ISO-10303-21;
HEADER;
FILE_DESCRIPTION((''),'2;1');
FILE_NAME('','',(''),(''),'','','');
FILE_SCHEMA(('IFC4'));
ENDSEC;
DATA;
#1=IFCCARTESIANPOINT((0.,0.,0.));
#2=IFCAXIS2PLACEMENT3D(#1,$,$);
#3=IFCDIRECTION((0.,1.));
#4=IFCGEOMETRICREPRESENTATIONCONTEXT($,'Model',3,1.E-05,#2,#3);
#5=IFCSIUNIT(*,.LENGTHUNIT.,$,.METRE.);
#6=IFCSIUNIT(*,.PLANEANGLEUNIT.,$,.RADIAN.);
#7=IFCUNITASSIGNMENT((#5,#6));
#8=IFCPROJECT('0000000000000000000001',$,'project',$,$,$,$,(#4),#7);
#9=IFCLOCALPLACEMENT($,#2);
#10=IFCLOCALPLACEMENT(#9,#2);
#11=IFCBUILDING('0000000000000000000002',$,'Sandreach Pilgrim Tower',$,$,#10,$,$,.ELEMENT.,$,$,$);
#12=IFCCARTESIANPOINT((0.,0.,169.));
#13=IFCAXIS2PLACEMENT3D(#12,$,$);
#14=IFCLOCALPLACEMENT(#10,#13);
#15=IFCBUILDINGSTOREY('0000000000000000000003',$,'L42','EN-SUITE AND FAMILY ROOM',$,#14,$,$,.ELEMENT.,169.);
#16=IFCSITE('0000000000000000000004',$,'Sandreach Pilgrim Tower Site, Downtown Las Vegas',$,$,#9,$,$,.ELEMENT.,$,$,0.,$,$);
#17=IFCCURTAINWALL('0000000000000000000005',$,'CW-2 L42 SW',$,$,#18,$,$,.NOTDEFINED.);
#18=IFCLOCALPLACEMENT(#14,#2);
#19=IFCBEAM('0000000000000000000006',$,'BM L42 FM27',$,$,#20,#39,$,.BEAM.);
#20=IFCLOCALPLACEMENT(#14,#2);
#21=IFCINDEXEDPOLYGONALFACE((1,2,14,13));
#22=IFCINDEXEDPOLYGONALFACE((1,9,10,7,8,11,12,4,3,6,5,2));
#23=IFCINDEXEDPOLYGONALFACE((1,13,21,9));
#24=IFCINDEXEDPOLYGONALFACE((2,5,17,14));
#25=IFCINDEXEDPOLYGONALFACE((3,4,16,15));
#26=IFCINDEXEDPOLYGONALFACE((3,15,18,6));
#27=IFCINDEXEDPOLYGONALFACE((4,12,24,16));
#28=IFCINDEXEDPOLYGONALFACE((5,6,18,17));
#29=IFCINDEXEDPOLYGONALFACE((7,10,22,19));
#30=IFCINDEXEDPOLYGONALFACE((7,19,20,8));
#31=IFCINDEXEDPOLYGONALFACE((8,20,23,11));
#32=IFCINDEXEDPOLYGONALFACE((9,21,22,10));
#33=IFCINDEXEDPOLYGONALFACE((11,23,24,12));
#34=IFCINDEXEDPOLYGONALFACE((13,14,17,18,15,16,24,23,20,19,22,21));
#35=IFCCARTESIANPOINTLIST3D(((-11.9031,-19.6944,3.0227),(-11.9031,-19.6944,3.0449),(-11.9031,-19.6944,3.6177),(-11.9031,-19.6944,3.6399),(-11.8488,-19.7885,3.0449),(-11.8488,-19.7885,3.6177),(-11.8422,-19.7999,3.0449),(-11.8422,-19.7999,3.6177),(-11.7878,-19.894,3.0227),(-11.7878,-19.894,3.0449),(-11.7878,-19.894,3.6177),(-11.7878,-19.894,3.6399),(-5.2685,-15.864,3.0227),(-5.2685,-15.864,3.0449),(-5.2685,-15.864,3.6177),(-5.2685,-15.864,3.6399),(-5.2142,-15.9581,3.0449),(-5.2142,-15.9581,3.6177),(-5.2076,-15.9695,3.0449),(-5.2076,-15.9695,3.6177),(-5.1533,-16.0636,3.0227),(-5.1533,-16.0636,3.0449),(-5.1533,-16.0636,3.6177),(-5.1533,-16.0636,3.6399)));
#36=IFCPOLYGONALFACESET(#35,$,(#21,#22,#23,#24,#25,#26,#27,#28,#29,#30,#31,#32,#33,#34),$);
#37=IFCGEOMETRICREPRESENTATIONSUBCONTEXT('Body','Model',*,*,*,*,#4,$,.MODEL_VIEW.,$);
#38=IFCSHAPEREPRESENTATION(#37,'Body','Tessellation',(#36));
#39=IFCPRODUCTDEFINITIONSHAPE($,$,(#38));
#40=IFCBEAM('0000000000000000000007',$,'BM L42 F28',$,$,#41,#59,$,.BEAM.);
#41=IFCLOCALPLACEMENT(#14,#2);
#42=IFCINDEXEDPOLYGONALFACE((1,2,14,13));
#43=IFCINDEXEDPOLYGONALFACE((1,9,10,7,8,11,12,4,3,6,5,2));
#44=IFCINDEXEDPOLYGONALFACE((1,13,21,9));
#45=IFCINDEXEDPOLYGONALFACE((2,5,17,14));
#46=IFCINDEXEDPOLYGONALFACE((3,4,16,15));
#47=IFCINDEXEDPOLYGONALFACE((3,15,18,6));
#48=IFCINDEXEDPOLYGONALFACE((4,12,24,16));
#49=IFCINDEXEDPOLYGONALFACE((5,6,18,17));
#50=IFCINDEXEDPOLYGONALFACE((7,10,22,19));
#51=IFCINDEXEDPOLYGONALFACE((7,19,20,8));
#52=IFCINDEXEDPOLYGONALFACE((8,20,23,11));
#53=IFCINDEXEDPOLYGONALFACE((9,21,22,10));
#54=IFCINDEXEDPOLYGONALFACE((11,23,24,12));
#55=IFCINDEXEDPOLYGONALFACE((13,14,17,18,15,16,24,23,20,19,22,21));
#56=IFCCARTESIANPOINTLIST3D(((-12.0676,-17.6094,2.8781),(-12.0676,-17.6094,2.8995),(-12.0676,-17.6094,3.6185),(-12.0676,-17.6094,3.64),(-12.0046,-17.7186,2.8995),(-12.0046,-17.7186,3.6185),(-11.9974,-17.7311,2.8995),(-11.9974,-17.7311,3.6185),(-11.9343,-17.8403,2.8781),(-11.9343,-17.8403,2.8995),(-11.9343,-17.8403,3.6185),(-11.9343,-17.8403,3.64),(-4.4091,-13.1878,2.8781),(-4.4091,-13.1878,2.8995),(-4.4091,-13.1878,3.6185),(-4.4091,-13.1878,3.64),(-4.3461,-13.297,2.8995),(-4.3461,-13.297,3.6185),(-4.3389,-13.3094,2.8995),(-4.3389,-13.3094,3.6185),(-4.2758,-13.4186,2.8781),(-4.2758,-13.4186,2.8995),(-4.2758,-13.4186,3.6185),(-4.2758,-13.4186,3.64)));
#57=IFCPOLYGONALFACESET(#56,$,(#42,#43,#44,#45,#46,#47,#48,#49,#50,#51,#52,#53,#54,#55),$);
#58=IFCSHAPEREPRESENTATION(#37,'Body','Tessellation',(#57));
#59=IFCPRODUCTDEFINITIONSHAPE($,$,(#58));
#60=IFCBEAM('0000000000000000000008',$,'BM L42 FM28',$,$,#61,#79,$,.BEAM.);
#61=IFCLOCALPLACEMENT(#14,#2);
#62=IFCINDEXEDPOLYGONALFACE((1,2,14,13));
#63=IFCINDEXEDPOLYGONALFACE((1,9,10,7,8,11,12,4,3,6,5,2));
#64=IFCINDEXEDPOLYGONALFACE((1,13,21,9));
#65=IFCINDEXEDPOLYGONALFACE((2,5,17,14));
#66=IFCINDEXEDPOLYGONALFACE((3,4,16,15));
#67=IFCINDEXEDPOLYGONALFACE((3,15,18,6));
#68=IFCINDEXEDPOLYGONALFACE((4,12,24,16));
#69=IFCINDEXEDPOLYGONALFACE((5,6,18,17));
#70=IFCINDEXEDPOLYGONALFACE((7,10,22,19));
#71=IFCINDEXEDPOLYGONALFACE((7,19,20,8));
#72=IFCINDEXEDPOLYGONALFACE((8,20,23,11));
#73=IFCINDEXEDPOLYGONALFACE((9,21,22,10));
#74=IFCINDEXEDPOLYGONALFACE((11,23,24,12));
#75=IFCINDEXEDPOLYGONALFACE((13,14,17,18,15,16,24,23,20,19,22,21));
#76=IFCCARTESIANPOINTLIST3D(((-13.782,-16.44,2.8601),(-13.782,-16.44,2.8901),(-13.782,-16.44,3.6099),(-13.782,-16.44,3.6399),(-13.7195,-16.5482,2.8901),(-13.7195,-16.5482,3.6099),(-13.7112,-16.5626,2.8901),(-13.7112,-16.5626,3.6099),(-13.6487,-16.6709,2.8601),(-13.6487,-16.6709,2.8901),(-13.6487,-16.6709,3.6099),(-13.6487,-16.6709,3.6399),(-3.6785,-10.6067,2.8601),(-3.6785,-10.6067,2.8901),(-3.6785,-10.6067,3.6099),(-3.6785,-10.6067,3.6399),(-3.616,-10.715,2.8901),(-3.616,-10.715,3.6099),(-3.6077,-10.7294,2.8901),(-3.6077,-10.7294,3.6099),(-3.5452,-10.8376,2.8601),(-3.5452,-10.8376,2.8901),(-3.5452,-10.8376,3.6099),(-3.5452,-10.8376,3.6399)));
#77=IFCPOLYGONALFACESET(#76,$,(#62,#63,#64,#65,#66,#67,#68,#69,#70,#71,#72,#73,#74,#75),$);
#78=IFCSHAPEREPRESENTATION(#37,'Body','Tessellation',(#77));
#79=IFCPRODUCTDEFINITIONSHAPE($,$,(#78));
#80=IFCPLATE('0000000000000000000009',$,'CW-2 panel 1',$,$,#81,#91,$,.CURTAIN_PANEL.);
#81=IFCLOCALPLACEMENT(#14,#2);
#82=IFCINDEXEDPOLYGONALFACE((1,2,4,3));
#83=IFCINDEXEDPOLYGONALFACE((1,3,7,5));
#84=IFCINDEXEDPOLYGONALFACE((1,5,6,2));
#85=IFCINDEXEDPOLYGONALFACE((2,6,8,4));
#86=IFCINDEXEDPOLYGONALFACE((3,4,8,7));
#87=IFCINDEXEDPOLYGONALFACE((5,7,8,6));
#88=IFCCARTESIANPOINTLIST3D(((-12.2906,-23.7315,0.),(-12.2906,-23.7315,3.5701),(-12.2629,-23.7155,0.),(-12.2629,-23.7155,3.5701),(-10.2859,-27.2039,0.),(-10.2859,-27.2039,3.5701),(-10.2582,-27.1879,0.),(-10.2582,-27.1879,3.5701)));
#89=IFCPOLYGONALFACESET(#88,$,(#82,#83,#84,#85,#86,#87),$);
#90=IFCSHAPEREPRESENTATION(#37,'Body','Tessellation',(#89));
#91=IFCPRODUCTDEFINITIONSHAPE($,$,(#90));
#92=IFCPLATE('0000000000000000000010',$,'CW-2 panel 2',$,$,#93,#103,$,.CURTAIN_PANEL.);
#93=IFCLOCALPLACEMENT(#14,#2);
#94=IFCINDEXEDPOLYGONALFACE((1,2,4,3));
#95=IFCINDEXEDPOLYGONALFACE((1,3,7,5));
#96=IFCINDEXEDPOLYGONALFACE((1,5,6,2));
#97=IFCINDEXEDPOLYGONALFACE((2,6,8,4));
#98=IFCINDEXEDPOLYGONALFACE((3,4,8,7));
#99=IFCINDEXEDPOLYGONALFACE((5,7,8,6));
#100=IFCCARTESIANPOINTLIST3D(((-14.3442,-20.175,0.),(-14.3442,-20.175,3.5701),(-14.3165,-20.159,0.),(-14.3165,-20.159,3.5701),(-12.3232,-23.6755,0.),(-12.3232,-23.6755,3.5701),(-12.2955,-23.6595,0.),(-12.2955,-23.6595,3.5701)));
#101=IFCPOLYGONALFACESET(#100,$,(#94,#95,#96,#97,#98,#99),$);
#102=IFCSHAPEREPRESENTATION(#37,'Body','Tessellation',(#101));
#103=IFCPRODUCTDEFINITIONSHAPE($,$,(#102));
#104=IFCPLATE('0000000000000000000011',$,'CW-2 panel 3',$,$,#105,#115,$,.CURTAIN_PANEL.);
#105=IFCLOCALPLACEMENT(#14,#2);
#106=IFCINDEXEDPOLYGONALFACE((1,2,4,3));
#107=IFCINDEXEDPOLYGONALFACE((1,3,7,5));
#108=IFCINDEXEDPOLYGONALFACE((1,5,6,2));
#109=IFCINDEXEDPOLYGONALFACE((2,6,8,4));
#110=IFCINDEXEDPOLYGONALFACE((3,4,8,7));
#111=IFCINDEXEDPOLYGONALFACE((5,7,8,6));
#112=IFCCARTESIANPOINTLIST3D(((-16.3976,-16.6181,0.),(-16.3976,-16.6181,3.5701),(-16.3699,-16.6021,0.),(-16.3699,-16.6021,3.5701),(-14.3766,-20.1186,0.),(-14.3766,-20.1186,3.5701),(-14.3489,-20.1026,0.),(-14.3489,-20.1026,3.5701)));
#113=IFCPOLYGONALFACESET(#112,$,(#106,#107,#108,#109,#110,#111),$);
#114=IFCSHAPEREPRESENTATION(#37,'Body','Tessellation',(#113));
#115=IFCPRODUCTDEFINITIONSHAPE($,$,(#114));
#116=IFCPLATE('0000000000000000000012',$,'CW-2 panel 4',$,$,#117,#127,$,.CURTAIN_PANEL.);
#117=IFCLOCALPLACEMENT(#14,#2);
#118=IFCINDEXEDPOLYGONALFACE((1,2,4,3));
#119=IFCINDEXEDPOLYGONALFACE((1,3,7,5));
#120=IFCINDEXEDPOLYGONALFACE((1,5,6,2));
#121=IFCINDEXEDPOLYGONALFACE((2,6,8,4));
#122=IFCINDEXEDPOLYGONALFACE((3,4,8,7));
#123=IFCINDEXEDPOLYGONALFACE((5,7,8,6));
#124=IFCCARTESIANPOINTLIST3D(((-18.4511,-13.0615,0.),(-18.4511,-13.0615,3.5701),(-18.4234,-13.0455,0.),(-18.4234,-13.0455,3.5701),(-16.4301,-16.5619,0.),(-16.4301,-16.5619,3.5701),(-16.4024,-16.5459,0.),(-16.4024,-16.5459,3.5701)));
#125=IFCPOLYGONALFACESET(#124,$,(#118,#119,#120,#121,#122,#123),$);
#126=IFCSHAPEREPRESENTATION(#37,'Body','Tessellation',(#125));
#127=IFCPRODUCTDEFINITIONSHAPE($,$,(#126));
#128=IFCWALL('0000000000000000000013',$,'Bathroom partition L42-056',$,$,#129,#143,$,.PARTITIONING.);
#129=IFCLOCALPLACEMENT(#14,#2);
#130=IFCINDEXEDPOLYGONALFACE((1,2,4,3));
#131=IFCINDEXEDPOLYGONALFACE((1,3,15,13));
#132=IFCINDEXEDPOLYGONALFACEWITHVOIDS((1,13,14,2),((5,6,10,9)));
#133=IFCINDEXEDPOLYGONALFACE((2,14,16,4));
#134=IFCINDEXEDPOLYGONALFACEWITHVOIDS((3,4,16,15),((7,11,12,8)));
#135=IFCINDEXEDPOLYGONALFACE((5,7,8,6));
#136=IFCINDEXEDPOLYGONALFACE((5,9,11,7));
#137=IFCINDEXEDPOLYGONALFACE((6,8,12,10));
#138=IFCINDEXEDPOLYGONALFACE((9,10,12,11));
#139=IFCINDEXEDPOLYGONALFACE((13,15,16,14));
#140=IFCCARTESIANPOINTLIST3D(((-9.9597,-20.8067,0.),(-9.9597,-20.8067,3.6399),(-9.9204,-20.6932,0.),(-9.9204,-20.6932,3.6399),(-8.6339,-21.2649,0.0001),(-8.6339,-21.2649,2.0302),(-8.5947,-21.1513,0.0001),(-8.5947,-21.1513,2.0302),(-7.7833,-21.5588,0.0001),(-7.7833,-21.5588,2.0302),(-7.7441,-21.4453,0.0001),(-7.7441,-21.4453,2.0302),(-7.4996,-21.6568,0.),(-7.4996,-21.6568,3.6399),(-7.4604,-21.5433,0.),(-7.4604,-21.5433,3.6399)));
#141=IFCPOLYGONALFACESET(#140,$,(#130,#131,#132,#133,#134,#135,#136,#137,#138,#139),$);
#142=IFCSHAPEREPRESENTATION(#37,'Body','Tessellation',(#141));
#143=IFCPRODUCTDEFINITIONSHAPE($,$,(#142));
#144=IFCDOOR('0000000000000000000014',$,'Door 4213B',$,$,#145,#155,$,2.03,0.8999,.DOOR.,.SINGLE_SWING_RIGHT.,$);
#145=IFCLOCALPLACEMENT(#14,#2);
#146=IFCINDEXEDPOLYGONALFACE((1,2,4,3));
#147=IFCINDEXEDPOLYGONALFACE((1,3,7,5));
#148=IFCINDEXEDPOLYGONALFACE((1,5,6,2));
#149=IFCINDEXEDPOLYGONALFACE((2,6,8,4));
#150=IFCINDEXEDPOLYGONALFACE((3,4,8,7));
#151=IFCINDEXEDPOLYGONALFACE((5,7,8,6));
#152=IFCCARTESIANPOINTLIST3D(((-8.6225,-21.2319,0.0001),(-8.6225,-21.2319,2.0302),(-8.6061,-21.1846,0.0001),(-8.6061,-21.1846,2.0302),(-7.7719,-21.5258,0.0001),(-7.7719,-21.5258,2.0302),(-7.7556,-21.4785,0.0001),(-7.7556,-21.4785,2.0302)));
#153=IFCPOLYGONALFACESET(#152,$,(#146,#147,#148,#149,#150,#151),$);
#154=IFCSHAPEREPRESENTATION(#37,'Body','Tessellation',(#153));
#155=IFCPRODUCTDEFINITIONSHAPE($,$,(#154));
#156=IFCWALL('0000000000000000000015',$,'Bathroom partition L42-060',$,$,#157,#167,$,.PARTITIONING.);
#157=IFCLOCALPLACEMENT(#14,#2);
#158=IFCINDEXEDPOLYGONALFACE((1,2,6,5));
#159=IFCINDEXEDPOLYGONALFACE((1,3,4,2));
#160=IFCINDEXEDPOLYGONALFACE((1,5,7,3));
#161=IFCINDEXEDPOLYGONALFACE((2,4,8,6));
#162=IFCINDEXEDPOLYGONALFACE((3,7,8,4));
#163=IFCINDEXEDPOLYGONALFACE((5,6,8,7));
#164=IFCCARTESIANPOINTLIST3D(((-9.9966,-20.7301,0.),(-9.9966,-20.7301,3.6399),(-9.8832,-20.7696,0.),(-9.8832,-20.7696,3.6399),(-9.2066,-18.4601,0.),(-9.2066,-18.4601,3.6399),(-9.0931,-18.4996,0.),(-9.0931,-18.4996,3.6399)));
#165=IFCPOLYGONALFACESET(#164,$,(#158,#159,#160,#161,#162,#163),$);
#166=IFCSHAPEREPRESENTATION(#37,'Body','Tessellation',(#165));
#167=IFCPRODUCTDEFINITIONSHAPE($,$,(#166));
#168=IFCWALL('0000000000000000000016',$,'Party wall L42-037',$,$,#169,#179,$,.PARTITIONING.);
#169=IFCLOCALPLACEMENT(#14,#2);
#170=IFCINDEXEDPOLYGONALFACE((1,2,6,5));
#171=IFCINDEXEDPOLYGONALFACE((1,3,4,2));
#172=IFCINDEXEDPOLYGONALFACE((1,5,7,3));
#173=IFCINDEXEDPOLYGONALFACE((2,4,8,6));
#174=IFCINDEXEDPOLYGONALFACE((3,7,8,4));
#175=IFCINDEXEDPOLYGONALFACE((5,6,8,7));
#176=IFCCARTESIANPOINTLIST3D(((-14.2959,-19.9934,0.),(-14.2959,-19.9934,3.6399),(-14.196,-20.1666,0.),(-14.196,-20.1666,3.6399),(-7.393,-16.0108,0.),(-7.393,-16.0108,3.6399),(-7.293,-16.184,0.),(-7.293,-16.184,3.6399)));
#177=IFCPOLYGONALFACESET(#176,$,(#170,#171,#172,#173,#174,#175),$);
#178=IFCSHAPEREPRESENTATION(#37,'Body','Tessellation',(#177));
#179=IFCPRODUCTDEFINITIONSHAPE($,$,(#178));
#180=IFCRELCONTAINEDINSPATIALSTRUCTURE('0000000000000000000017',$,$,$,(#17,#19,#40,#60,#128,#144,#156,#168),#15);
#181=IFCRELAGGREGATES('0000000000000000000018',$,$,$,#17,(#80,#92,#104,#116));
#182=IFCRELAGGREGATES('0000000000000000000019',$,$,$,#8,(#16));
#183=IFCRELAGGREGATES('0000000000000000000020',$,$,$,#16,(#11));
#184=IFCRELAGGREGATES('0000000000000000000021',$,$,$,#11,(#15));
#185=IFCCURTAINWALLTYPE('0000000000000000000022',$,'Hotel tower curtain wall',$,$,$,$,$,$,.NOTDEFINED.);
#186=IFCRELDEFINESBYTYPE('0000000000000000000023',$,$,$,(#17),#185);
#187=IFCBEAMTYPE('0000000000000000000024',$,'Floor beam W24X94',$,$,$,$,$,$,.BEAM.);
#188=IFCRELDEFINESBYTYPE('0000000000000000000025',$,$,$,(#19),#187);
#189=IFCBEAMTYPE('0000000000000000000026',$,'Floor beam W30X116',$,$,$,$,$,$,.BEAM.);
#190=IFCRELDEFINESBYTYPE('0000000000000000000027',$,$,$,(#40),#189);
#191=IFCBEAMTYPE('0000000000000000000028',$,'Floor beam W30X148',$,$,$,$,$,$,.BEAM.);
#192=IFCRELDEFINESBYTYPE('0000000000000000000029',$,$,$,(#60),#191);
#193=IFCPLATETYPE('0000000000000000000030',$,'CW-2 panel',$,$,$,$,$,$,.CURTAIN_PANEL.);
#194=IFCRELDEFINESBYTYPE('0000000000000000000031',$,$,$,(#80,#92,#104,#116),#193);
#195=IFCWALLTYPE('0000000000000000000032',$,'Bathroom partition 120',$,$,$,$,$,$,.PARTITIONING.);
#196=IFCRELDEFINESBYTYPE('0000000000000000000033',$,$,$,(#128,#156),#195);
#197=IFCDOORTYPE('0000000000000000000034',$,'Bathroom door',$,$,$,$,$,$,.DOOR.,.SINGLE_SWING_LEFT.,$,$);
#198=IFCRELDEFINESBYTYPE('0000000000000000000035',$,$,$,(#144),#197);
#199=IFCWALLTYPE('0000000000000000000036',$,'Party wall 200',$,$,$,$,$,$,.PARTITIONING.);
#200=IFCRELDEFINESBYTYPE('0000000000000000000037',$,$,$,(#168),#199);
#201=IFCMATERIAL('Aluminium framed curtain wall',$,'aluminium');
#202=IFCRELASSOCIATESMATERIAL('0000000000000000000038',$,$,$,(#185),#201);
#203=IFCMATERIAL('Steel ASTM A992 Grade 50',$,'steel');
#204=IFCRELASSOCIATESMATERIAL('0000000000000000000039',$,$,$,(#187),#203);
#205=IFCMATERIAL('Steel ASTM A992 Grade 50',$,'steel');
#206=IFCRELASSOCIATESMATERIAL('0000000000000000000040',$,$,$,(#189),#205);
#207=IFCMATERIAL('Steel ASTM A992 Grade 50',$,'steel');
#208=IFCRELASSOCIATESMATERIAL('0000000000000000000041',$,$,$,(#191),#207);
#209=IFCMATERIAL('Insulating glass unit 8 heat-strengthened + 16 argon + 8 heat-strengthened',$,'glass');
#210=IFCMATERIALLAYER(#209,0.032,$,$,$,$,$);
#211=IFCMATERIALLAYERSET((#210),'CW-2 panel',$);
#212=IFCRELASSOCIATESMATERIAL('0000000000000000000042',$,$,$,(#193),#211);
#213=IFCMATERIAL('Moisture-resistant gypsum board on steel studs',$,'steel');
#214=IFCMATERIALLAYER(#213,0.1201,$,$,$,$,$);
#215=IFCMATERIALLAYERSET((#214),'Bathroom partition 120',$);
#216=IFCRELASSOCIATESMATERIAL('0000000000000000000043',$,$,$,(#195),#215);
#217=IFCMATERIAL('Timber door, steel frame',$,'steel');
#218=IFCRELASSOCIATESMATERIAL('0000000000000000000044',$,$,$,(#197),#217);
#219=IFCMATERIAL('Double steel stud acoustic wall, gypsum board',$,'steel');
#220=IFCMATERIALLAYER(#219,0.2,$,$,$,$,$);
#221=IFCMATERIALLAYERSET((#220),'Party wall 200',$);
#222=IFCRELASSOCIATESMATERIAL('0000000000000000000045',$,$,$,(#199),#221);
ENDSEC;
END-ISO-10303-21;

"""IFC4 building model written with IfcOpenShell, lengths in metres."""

from ifc_helpers import new_model, si_unit, direction, frame, frame_2d, origin, origin_2d, place, context, subcontext, project, spatial, rectangle, i_section, extrude, material, layer, layer_set, material_profile, profile_set, type_object, element, fill, aggregate, save


model = new_model("IFC4")

# Units and contexts
model_context = context("Model", 3, precision=1e-05, world=origin(), true_north=direction((0.0, 1.0)))
body_context = subcontext(model_context, "Body", "Model", "MODEL_VIEW")
ifc_project = project(units=[si_unit("LENGTHUNIT", "METRE"), si_unit("PLANEANGLEUNIT", "RADIAN")], contexts=[model_context])

# Site, building, storey
site_placement = place(None, origin())
site = spatial("IfcSite", under=ifc_project, at=site_placement, Name="Sandreach Pilgrim Tower Site, Downtown Las Vegas", CompositionType="ELEMENT", RefElevation=0.0)
building_placement = place(site_placement, origin())
building = spatial("IfcBuilding", under=site, at=building_placement, Name="Sandreach Pilgrim Tower", CompositionType="ELEMENT")
storey_placement = place(building_placement, frame((0.0, 0.0, 169.0)))
storey = spatial("IfcBuildingStorey", under=building, at=storey_placement, Name="L42", Description="EN-SUITE AND FAMILY ROOM", CompositionType="ELEMENT", Elevation=169.0)

# Shared definitions
ifc_material_1 = material(Name="Aluminium framed curtain wall", Category="aluminium")
curtain_wall_type = type_object("IfcCurtainWallType", Name="Hotel tower curtain wall", PredefinedType="NOTDEFINED", material=ifc_material_1)

# Curtain wall
curtain_wall_1_placement = place(storey_placement, origin())
curtain_wall_1 = element("IfcCurtainWall", 1, at=curtain_wall_1_placement, inside=storey, type_object=curtain_wall_type, Name="CW-2 L42 SW", PredefinedType="NOTDEFINED")

# Beams
ifc_material_2 = material(Name="Steel ASTM A992 Grade 50", Category="steel")
ifc_material_profile_1 = material_profile(ifc_material_2, i_section(OverallWidth=0.2305, OverallDepth=0.6172, WebThickness=0.0132, FlangeThickness=0.0222, at=origin_2d()), Name="W24X94")
ifc_profile_set_1 = profile_set([ifc_material_profile_1], Name="Steel ASTM A992 Grade 50")
beam_type_1 = type_object("IfcBeamType", Name="Floor beam W24X94", PredefinedType="BEAM", material=ifc_profile_set_1)
beam_1_placement = place(storey_placement, frame((-11.8455, -19.7942, 3.3313), z_axis=(0.866032, 0.499988, 0.0), x_axis=(-0.499988, 0.866032, 0.0)))
element("IfcBeam", 2, at=beam_1_placement, inside=storey, type_object=beam_type_1, Name="BM L42 FM27", PredefinedType="BEAM", context=body_context, shape_type="SweptSolid", body=[
    extrude(i_section(OverallWidth=0.2305, OverallDepth=0.6172, WebThickness=0.0132, FlangeThickness=0.0222, at=origin_2d()), origin(), (0.0, 0.0, 1.0), 7.6609),
])
ifc_material_3 = material(Name="Steel ASTM A992 Grade 50", Category="steel")
ifc_material_profile_2 = material_profile(ifc_material_3, i_section(OverallWidth=0.2666, OverallDepth=0.762, WebThickness=0.0144, FlangeThickness=0.0215, at=origin_2d()), Name="W30X116")
ifc_profile_set_2 = profile_set([ifc_material_profile_2], Name="Steel ASTM A992 Grade 50")
beam_type_2 = type_object("IfcBeamType", Name="Floor beam W30X116", PredefinedType="BEAM", material=ifc_profile_set_2)
beam_2_placement = place(storey_placement, frame((-12.001, -17.7249, 3.259), z_axis=(0.866024, 0.500002, 0.0), x_axis=(-0.500002, 0.866024, 0.0)))
element("IfcBeam", 3, at=beam_2_placement, inside=storey, type_object=beam_type_2, Name="BM L42 F28", PredefinedType="BEAM", context=body_context, shape_type="SweptSolid", body=[
    extrude(i_section(OverallWidth=0.2666, OverallDepth=0.762, WebThickness=0.0144, FlangeThickness=0.0215, at=origin_2d()), origin(), (0.0, 0.0, 1.0), 8.8433),
])
ifc_material_4 = material(Name="Steel ASTM A992 Grade 50", Category="steel")
ifc_material_profile_3 = material_profile(ifc_material_4, i_section(OverallWidth=0.2666, OverallDepth=0.7798, WebThickness=0.0166, FlangeThickness=0.03, at=origin_2d()), Name="W30X148")
ifc_profile_set_3 = profile_set([ifc_material_profile_3], Name="Steel ASTM A992 Grade 50")
beam_type_3 = type_object("IfcBeamType", Name="Floor beam W30X148", PredefinedType="BEAM", material=ifc_profile_set_3)
beam_3_placement = place(storey_placement, frame((-13.7153, -16.5554, 3.25), z_axis=(0.866026, 0.499999, 0.0), x_axis=(-0.499999, 0.866026, 0.0)))
element("IfcBeam", 4, at=beam_3_placement, inside=storey, type_object=beam_type_3, Name="BM L42 FM28", PredefinedType="BEAM", context=body_context, shape_type="SweptSolid", body=[
    extrude(i_section(OverallWidth=0.2666, OverallDepth=0.7798, WebThickness=0.0166, FlangeThickness=0.03, at=origin_2d()), origin(), (0.0, 0.0, 1.0), 11.6665),
])

# Plates
ifc_material_5 = material(Name="Insulating glass unit 8 heat-strengthened + 16 argon + 8 heat-strengthened", Category="glass")
ifc_layer_1 = layer(ifc_material_5, 0.032)
ifc_layer_set_1 = layer_set([ifc_layer_1], Name="CW-2 panel")
plate_type = type_object("IfcPlateType", Name="CW-2 panel", PredefinedType="CURTAIN_PANEL", material=ifc_layer_set_1)
plate_1_placement = place(storey_placement, frame((-11.2744, -25.4597, 0.0), z_axis=(0.0, 0.0, 1.0), x_axis=(-0.5, 0.866025, 0.0)))
plate_1 = element("IfcPlate", 5, at=plate_1_placement, type_object=plate_type, Name="CW-2 panel 1", PredefinedType="CURTAIN_PANEL", context=body_context, shape_type="SweptSolid", body=[
    extrude(rectangle(XDim=4.0095, YDim=0.032, at=origin_2d()), origin(), (0.0, 0.0, 1.0), 3.5701),
])
plate_2_placement = place(storey_placement, frame((-13.3198, -21.9172, 0.0), z_axis=(0.0, 0.0, 1.0), x_axis=(-0.5, 0.866025, 0.0)))
plate_2 = element("IfcPlate", 6, at=plate_2_placement, type_object=plate_type, Name="CW-2 panel 2", PredefinedType="CURTAIN_PANEL", context=body_context, shape_type="SweptSolid", body=[
    extrude(rectangle(XDim=4.042, YDim=0.032, at=origin_2d()), origin(), (0.0, 0.0, 1.0), 3.5701),
])
plate_3_placement = place(storey_placement, frame((-15.3733, -18.3604, 0.0), z_axis=(0.0, 0.0, 1.0), x_axis=(-0.5, 0.866025, 0.0)))
plate_3 = element("IfcPlate", 7, at=plate_3_placement, type_object=plate_type, Name="CW-2 panel 3", PredefinedType="CURTAIN_PANEL", context=body_context, shape_type="SweptSolid", body=[
    extrude(rectangle(XDim=4.042, YDim=0.032, at=origin_2d()), origin(), (0.0, 0.0, 1.0), 3.5701),
])
plate_4_placement = place(storey_placement, frame((-17.4268, -14.8037, 0.0), z_axis=(0.0, 0.0, 1.0), x_axis=(-0.5, 0.866025, 0.0)))
plate_4 = element("IfcPlate", 8, at=plate_4_placement, type_object=plate_type, Name="CW-2 panel 4", PredefinedType="CURTAIN_PANEL", context=body_context, shape_type="SweptSolid", body=[
    extrude(rectangle(XDim=4.042, YDim=0.032, at=origin_2d()), origin(), (0.0, 0.0, 1.0), 3.5701),
])
aggregate(curtain_wall_1, [plate_1, plate_2, plate_3, plate_4])

# Wall, opening, door
ifc_material_6 = material(Name="Moisture-resistant gypsum board on steel studs", Category="steel")
ifc_layer_2 = layer(ifc_material_6, 0.1201)
ifc_layer_set_2 = layer_set([ifc_layer_2], Name="Bathroom partition 120")
wall_type_1 = type_object("IfcWallType", Name="Bathroom partition 120", PredefinedType="PARTITIONING", material=ifc_layer_set_2)
wall_1_placement = place(storey_placement, frame((-9.9399, -20.75, 0.0), z_axis=(0.0, 0.0, 1.0), x_axis=(0.945155, -0.326621, 0.0)))
wall_1 = element("IfcWall", 9, at=wall_1_placement, inside=storey, type_object=wall_type_1, Name="Bathroom partition L42-056", PredefinedType="PARTITIONING", context=body_context, shape_type="SweptSolid", body=[
    extrude(rectangle(XDim=2.6028, YDim=0.1201, at=frame_2d((1.3013, 0.0))), origin(), (0.0, 0.0, 1.0), 3.6399),
])
opening_placement = place(wall_1_placement, frame((1.4026, 0.0, 0.0)))
opening = element("IfcOpeningElement", 10, at=opening_placement, cuts=wall_1, PredefinedType="OPENING", context=body_context, shape_type="SweptSolid", body=[
    extrude(rectangle(XDim=0.8999, YDim=2.03, at=frame_2d((0.45, 1.0151))), frame((0.0, 0.0601, 0.0), z_axis=(0.0, -1.0, 0.0), x_axis=(1.0, 0.0, 0.0)), (0.0, 0.0, 1.0), 0.1201),
])
ifc_material_7 = material(Name="Timber door, steel frame", Category="steel")
door_type = type_object("IfcDoorType", Name="Bathroom door", OperationType="SINGLE_SWING_LEFT", PredefinedType="DOOR", material=ifc_material_7)
door_placement = place(opening_placement, origin())
door = element("IfcDoor", 11, at=door_placement, inside=storey, type_object=door_type, Name="Door 4213B", OperationType="SINGLE_SWING_RIGHT", OverallHeight=2.03, OverallWidth=0.8999, PredefinedType="DOOR", context=body_context, shape_type="SweptSolid", body=[
    extrude(rectangle(XDim=0.8999, YDim=2.03, at=frame_2d((0.45, 1.0151))), frame((0.0, 0.0249, 0.0), z_axis=(0.0, -1.0, 0.0), x_axis=(1.0, 0.0, 0.0)), (0.0, 0.0, 1.0), 0.05),
])
fill(opening, door)

# Walls
wall_2_placement = place(storey_placement, frame((-9.1499, -18.48, 0.0), z_axis=(0.0, 0.0, 1.0), x_axis=(-0.328694, -0.944436, 0.0)))
element("IfcWall", 12, at=wall_2_placement, inside=storey, type_object=wall_type_1, Name="Bathroom partition L42-060", PredefinedType="PARTITIONING", context=body_context, shape_type="SweptSolid", body=[
    extrude(rectangle(XDim=2.4036, YDim=0.1201, at=frame_2d((1.2017, 0.0))), origin(), (0.0, 0.0, 1.0), 3.6399),
])
ifc_material_8 = material(Name="Double steel stud acoustic wall, gypsum board", Category="steel")
ifc_layer_3 = layer(ifc_material_8, 0.2)
ifc_layer_set_3 = layer_set([ifc_layer_3], Name="Party wall 200")
wall_type_2 = type_object("IfcWallType", Name="Party wall 200", PredefinedType="PARTITIONING", material=ifc_layer_set_3)
wall_3_placement = place(storey_placement, frame((-14.2461, -20.0801, 0.0), z_axis=(0.0, 0.0, 1.0), x_axis=(0.866179, 0.499734, 0.0)))
element("IfcWall", 13, at=wall_3_placement, inside=storey, type_object=wall_type_2, Name="Party wall L42-037", PredefinedType="PARTITIONING", context=body_context, shape_type="SweptSolid", body=[
    extrude(rectangle(XDim=7.9695, YDim=0.2, at=frame_2d((3.9849, 0.0))), origin(), (0.0, 0.0, 1.0), 3.6399),
])

save(model, "model.ifc")
